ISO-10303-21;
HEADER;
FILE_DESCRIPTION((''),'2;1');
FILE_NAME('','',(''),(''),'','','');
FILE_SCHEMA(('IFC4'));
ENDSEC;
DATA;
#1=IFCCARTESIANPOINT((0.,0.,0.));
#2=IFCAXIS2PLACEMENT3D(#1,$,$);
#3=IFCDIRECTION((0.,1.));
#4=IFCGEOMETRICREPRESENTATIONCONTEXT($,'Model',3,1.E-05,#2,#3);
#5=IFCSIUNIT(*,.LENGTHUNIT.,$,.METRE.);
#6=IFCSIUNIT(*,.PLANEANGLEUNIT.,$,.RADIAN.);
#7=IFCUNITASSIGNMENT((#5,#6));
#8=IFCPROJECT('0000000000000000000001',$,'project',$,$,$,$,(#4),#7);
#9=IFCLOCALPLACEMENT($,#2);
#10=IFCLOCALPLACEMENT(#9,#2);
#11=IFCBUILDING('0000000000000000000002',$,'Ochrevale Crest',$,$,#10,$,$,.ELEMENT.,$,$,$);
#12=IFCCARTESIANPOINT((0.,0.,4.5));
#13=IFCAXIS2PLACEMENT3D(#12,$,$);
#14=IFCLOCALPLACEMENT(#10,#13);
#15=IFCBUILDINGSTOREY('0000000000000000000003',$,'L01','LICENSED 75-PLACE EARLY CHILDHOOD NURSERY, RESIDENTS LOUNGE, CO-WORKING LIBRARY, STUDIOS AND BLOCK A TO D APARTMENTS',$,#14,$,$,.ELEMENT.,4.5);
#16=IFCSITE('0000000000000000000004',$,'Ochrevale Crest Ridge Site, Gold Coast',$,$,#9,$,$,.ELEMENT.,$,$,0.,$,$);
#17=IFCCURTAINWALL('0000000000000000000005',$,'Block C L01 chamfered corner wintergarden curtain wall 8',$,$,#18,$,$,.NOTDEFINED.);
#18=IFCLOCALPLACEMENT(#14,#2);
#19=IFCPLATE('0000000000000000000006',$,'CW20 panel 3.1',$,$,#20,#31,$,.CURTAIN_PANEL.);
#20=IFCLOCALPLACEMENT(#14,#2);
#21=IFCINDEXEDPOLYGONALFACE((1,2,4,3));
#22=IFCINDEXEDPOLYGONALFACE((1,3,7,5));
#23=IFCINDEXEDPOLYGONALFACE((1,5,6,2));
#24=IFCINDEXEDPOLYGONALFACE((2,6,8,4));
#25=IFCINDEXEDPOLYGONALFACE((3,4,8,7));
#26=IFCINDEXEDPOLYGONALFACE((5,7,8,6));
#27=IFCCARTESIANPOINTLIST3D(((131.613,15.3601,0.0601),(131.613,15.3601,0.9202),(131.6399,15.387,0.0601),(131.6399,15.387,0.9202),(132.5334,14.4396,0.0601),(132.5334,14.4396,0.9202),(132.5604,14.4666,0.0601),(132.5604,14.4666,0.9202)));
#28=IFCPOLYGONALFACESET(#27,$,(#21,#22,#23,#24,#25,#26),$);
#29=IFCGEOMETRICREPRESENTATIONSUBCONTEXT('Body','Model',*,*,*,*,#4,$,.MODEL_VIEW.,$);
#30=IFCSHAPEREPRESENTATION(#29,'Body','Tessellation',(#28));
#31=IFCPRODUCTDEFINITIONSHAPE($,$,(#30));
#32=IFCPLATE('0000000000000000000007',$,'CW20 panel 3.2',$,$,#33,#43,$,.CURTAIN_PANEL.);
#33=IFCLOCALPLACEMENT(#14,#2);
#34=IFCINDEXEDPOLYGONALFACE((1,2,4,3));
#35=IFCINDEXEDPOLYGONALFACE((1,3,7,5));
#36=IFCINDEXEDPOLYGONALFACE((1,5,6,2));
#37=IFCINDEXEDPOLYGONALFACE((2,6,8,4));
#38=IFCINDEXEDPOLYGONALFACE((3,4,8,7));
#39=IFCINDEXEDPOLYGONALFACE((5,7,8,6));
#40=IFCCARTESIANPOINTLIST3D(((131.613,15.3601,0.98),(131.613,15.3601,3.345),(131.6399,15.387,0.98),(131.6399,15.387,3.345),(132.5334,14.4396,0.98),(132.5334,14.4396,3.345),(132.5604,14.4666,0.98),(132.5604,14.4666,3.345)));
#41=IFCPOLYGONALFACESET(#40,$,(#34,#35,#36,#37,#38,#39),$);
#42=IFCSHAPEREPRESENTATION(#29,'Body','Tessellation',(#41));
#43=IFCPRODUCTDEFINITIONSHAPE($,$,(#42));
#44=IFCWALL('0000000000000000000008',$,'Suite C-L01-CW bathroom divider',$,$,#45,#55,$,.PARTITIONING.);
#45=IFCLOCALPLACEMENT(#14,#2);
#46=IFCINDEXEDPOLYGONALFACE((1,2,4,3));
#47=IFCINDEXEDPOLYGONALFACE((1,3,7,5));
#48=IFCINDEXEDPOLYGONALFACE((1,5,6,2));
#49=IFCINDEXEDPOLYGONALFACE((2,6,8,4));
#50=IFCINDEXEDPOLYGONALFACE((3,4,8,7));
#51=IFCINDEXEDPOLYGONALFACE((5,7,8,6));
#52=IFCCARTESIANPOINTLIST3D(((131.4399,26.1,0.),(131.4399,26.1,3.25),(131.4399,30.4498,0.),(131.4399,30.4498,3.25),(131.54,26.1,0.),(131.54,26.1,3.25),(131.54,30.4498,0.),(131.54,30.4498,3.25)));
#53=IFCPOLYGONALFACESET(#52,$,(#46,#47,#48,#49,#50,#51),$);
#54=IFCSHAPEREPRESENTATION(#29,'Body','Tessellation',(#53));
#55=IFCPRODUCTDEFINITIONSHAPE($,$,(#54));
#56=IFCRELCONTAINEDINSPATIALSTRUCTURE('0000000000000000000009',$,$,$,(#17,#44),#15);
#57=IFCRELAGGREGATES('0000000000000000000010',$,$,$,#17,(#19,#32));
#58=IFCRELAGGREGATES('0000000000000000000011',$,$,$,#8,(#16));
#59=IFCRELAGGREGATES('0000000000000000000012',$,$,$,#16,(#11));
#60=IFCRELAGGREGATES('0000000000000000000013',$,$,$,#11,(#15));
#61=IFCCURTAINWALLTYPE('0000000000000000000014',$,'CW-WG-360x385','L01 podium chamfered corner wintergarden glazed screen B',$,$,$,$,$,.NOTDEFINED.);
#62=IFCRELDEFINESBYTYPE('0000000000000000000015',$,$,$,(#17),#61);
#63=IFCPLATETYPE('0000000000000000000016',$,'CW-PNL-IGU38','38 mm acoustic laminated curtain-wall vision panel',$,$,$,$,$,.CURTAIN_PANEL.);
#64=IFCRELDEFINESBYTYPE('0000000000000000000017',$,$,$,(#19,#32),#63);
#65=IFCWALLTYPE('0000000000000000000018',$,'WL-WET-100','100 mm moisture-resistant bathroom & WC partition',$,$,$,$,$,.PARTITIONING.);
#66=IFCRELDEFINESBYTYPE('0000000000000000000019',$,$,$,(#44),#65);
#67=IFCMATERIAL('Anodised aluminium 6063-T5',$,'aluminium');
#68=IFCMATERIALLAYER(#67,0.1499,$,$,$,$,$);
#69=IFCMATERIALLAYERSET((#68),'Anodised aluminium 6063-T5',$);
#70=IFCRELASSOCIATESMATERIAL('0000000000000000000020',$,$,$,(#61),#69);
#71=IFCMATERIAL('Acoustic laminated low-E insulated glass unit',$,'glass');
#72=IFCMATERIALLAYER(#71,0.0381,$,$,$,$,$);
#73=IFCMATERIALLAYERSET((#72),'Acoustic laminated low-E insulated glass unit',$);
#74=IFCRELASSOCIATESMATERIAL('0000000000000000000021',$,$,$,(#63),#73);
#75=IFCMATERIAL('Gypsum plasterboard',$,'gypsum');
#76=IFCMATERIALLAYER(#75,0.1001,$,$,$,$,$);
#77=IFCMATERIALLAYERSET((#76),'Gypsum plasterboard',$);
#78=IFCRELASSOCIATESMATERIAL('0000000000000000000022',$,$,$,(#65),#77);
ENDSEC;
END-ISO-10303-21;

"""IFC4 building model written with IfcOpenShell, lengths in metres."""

from ifc_helpers import new_model, si_unit, direction, frame, frame_2d, origin, origin_2d, place, context, subcontext, project, spatial, rectangle, extrude, material, layer, layer_set, type_object, element, aggregate, save


model = new_model("IFC4")

# Units and contexts
model_context = context("Model", 3, precision=1e-05, world=origin(), true_north=direction((0.0, 1.0)))
body_context = subcontext(model_context, "Body", "Model", "MODEL_VIEW")
ifc_project = project(units=[si_unit("LENGTHUNIT", "METRE"), si_unit("PLANEANGLEUNIT", "RADIAN")], contexts=[model_context])

# Site, building, storey
site_placement = place(None, origin())
site = spatial("IfcSite", under=ifc_project, at=site_placement, Name="Ochrevale Crest Ridge Site, Gold Coast", CompositionType="ELEMENT", RefElevation=0.0)
building_placement = place(site_placement, origin())
building = spatial("IfcBuilding", under=site, at=building_placement, Name="Ochrevale Crest", CompositionType="ELEMENT")
storey_placement = place(building_placement, frame((0.0, 0.0, 4.5)))
storey = spatial("IfcBuildingStorey", under=building, at=storey_placement, Name="L01", Description="LICENSED 75-PLACE EARLY CHILDHOOD NURSERY, RESIDENTS LOUNGE, CO-WORKING LIBRARY, STUDIOS AND BLOCK A TO D APARTMENTS", CompositionType="ELEMENT", Elevation=4.5)

# Curtain wall
ifc_material_1 = material(Name="Anodised aluminium 6063-T5", Category="aluminium")
ifc_layer_1 = layer(ifc_material_1, 0.1499)
ifc_layer_set_1 = layer_set([ifc_layer_1], Name="Anodised aluminium 6063-T5")
curtain_wall_type = type_object("IfcCurtainWallType", Name="CW-WG-360x385", Description="L01 podium chamfered corner wintergarden glazed screen B", PredefinedType="NOTDEFINED", material=ifc_layer_set_1)
curtain_wall_1_placement = place(storey_placement, origin())
curtain_wall_1 = element("IfcCurtainWall", 1, at=curtain_wall_1_placement, inside=storey, type_object=curtain_wall_type, Name="Block C L01 chamfered corner wintergarden curtain wall 8", PredefinedType="NOTDEFINED")

# Plates
ifc_material_2 = material(Name="Acoustic laminated low-E insulated glass unit", Category="glass")
ifc_layer_2 = layer(ifc_material_2, 0.0381)
ifc_layer_set_2 = layer_set([ifc_layer_2], Name="Acoustic laminated low-E insulated glass unit")
plate_type = type_object("IfcPlateType", Name="CW-PNL-IGU38", Description="38 mm acoustic laminated curtain-wall vision panel", PredefinedType="CURTAIN_PANEL", material=ifc_layer_set_2)
plate_1_placement = place(storey_placement, frame((132.0867, 14.9133, 0.0601), z_axis=(0.0, 0.0, 1.0), x_axis=(0.707107, -0.707107, 0.0)))
plate_1 = element("IfcPlate", 2, at=plate_1_placement, type_object=plate_type, Name="CW20 panel 3.1", PredefinedType="CURTAIN_PANEL", context=body_context, shape_type="SweptSolid", body=[
    extrude(rectangle(XDim=1.3018, YDim=0.0381, at=origin_2d()), origin(), (0.0, 0.0, 1.0), 0.8601),
])
plate_2_placement = place(storey_placement, frame((132.0867, 14.9133, 0.98), z_axis=(0.0, 0.0, 1.0), x_axis=(0.707107, -0.707107, 0.0)))
plate_2 = element("IfcPlate", 3, at=plate_2_placement, type_object=plate_type, Name="CW20 panel 3.2", PredefinedType="CURTAIN_PANEL", context=body_context, shape_type="SweptSolid", body=[
    extrude(rectangle(XDim=1.3018, YDim=0.0381, at=origin_2d()), origin(), (0.0, 0.0, 1.0), 2.365),
])
aggregate(curtain_wall_1, [plate_1, plate_2])

# Wall
ifc_material_3 = material(Name="Gypsum plasterboard", Category="gypsum")
ifc_layer_3 = layer(ifc_material_3, 0.1001)
ifc_layer_set_3 = layer_set([ifc_layer_3], Name="Gypsum plasterboard")
wall_type = type_object("IfcWallType", Name="WL-WET-100", Description="100 mm moisture-resistant bathroom & WC partition", PredefinedType="PARTITIONING", material=ifc_layer_set_3)
wall_placement = place(storey_placement, frame((131.49, 26.1001, 0.0), z_axis=(0.0, 0.0, 1.0), x_axis=(0.0, 1.0, 0.0)))
element("IfcWall", 4, at=wall_placement, inside=storey, type_object=wall_type, Name="Suite C-L01-CW bathroom divider", PredefinedType="PARTITIONING", context=body_context, shape_type="SweptSolid", body=[
    extrude(rectangle(XDim=4.3499, YDim=0.1001, at=frame_2d((2.1748, 0.0))), origin(), (0.0, 0.0, 1.0), 3.25),
])

save(model, "model.ifc")
